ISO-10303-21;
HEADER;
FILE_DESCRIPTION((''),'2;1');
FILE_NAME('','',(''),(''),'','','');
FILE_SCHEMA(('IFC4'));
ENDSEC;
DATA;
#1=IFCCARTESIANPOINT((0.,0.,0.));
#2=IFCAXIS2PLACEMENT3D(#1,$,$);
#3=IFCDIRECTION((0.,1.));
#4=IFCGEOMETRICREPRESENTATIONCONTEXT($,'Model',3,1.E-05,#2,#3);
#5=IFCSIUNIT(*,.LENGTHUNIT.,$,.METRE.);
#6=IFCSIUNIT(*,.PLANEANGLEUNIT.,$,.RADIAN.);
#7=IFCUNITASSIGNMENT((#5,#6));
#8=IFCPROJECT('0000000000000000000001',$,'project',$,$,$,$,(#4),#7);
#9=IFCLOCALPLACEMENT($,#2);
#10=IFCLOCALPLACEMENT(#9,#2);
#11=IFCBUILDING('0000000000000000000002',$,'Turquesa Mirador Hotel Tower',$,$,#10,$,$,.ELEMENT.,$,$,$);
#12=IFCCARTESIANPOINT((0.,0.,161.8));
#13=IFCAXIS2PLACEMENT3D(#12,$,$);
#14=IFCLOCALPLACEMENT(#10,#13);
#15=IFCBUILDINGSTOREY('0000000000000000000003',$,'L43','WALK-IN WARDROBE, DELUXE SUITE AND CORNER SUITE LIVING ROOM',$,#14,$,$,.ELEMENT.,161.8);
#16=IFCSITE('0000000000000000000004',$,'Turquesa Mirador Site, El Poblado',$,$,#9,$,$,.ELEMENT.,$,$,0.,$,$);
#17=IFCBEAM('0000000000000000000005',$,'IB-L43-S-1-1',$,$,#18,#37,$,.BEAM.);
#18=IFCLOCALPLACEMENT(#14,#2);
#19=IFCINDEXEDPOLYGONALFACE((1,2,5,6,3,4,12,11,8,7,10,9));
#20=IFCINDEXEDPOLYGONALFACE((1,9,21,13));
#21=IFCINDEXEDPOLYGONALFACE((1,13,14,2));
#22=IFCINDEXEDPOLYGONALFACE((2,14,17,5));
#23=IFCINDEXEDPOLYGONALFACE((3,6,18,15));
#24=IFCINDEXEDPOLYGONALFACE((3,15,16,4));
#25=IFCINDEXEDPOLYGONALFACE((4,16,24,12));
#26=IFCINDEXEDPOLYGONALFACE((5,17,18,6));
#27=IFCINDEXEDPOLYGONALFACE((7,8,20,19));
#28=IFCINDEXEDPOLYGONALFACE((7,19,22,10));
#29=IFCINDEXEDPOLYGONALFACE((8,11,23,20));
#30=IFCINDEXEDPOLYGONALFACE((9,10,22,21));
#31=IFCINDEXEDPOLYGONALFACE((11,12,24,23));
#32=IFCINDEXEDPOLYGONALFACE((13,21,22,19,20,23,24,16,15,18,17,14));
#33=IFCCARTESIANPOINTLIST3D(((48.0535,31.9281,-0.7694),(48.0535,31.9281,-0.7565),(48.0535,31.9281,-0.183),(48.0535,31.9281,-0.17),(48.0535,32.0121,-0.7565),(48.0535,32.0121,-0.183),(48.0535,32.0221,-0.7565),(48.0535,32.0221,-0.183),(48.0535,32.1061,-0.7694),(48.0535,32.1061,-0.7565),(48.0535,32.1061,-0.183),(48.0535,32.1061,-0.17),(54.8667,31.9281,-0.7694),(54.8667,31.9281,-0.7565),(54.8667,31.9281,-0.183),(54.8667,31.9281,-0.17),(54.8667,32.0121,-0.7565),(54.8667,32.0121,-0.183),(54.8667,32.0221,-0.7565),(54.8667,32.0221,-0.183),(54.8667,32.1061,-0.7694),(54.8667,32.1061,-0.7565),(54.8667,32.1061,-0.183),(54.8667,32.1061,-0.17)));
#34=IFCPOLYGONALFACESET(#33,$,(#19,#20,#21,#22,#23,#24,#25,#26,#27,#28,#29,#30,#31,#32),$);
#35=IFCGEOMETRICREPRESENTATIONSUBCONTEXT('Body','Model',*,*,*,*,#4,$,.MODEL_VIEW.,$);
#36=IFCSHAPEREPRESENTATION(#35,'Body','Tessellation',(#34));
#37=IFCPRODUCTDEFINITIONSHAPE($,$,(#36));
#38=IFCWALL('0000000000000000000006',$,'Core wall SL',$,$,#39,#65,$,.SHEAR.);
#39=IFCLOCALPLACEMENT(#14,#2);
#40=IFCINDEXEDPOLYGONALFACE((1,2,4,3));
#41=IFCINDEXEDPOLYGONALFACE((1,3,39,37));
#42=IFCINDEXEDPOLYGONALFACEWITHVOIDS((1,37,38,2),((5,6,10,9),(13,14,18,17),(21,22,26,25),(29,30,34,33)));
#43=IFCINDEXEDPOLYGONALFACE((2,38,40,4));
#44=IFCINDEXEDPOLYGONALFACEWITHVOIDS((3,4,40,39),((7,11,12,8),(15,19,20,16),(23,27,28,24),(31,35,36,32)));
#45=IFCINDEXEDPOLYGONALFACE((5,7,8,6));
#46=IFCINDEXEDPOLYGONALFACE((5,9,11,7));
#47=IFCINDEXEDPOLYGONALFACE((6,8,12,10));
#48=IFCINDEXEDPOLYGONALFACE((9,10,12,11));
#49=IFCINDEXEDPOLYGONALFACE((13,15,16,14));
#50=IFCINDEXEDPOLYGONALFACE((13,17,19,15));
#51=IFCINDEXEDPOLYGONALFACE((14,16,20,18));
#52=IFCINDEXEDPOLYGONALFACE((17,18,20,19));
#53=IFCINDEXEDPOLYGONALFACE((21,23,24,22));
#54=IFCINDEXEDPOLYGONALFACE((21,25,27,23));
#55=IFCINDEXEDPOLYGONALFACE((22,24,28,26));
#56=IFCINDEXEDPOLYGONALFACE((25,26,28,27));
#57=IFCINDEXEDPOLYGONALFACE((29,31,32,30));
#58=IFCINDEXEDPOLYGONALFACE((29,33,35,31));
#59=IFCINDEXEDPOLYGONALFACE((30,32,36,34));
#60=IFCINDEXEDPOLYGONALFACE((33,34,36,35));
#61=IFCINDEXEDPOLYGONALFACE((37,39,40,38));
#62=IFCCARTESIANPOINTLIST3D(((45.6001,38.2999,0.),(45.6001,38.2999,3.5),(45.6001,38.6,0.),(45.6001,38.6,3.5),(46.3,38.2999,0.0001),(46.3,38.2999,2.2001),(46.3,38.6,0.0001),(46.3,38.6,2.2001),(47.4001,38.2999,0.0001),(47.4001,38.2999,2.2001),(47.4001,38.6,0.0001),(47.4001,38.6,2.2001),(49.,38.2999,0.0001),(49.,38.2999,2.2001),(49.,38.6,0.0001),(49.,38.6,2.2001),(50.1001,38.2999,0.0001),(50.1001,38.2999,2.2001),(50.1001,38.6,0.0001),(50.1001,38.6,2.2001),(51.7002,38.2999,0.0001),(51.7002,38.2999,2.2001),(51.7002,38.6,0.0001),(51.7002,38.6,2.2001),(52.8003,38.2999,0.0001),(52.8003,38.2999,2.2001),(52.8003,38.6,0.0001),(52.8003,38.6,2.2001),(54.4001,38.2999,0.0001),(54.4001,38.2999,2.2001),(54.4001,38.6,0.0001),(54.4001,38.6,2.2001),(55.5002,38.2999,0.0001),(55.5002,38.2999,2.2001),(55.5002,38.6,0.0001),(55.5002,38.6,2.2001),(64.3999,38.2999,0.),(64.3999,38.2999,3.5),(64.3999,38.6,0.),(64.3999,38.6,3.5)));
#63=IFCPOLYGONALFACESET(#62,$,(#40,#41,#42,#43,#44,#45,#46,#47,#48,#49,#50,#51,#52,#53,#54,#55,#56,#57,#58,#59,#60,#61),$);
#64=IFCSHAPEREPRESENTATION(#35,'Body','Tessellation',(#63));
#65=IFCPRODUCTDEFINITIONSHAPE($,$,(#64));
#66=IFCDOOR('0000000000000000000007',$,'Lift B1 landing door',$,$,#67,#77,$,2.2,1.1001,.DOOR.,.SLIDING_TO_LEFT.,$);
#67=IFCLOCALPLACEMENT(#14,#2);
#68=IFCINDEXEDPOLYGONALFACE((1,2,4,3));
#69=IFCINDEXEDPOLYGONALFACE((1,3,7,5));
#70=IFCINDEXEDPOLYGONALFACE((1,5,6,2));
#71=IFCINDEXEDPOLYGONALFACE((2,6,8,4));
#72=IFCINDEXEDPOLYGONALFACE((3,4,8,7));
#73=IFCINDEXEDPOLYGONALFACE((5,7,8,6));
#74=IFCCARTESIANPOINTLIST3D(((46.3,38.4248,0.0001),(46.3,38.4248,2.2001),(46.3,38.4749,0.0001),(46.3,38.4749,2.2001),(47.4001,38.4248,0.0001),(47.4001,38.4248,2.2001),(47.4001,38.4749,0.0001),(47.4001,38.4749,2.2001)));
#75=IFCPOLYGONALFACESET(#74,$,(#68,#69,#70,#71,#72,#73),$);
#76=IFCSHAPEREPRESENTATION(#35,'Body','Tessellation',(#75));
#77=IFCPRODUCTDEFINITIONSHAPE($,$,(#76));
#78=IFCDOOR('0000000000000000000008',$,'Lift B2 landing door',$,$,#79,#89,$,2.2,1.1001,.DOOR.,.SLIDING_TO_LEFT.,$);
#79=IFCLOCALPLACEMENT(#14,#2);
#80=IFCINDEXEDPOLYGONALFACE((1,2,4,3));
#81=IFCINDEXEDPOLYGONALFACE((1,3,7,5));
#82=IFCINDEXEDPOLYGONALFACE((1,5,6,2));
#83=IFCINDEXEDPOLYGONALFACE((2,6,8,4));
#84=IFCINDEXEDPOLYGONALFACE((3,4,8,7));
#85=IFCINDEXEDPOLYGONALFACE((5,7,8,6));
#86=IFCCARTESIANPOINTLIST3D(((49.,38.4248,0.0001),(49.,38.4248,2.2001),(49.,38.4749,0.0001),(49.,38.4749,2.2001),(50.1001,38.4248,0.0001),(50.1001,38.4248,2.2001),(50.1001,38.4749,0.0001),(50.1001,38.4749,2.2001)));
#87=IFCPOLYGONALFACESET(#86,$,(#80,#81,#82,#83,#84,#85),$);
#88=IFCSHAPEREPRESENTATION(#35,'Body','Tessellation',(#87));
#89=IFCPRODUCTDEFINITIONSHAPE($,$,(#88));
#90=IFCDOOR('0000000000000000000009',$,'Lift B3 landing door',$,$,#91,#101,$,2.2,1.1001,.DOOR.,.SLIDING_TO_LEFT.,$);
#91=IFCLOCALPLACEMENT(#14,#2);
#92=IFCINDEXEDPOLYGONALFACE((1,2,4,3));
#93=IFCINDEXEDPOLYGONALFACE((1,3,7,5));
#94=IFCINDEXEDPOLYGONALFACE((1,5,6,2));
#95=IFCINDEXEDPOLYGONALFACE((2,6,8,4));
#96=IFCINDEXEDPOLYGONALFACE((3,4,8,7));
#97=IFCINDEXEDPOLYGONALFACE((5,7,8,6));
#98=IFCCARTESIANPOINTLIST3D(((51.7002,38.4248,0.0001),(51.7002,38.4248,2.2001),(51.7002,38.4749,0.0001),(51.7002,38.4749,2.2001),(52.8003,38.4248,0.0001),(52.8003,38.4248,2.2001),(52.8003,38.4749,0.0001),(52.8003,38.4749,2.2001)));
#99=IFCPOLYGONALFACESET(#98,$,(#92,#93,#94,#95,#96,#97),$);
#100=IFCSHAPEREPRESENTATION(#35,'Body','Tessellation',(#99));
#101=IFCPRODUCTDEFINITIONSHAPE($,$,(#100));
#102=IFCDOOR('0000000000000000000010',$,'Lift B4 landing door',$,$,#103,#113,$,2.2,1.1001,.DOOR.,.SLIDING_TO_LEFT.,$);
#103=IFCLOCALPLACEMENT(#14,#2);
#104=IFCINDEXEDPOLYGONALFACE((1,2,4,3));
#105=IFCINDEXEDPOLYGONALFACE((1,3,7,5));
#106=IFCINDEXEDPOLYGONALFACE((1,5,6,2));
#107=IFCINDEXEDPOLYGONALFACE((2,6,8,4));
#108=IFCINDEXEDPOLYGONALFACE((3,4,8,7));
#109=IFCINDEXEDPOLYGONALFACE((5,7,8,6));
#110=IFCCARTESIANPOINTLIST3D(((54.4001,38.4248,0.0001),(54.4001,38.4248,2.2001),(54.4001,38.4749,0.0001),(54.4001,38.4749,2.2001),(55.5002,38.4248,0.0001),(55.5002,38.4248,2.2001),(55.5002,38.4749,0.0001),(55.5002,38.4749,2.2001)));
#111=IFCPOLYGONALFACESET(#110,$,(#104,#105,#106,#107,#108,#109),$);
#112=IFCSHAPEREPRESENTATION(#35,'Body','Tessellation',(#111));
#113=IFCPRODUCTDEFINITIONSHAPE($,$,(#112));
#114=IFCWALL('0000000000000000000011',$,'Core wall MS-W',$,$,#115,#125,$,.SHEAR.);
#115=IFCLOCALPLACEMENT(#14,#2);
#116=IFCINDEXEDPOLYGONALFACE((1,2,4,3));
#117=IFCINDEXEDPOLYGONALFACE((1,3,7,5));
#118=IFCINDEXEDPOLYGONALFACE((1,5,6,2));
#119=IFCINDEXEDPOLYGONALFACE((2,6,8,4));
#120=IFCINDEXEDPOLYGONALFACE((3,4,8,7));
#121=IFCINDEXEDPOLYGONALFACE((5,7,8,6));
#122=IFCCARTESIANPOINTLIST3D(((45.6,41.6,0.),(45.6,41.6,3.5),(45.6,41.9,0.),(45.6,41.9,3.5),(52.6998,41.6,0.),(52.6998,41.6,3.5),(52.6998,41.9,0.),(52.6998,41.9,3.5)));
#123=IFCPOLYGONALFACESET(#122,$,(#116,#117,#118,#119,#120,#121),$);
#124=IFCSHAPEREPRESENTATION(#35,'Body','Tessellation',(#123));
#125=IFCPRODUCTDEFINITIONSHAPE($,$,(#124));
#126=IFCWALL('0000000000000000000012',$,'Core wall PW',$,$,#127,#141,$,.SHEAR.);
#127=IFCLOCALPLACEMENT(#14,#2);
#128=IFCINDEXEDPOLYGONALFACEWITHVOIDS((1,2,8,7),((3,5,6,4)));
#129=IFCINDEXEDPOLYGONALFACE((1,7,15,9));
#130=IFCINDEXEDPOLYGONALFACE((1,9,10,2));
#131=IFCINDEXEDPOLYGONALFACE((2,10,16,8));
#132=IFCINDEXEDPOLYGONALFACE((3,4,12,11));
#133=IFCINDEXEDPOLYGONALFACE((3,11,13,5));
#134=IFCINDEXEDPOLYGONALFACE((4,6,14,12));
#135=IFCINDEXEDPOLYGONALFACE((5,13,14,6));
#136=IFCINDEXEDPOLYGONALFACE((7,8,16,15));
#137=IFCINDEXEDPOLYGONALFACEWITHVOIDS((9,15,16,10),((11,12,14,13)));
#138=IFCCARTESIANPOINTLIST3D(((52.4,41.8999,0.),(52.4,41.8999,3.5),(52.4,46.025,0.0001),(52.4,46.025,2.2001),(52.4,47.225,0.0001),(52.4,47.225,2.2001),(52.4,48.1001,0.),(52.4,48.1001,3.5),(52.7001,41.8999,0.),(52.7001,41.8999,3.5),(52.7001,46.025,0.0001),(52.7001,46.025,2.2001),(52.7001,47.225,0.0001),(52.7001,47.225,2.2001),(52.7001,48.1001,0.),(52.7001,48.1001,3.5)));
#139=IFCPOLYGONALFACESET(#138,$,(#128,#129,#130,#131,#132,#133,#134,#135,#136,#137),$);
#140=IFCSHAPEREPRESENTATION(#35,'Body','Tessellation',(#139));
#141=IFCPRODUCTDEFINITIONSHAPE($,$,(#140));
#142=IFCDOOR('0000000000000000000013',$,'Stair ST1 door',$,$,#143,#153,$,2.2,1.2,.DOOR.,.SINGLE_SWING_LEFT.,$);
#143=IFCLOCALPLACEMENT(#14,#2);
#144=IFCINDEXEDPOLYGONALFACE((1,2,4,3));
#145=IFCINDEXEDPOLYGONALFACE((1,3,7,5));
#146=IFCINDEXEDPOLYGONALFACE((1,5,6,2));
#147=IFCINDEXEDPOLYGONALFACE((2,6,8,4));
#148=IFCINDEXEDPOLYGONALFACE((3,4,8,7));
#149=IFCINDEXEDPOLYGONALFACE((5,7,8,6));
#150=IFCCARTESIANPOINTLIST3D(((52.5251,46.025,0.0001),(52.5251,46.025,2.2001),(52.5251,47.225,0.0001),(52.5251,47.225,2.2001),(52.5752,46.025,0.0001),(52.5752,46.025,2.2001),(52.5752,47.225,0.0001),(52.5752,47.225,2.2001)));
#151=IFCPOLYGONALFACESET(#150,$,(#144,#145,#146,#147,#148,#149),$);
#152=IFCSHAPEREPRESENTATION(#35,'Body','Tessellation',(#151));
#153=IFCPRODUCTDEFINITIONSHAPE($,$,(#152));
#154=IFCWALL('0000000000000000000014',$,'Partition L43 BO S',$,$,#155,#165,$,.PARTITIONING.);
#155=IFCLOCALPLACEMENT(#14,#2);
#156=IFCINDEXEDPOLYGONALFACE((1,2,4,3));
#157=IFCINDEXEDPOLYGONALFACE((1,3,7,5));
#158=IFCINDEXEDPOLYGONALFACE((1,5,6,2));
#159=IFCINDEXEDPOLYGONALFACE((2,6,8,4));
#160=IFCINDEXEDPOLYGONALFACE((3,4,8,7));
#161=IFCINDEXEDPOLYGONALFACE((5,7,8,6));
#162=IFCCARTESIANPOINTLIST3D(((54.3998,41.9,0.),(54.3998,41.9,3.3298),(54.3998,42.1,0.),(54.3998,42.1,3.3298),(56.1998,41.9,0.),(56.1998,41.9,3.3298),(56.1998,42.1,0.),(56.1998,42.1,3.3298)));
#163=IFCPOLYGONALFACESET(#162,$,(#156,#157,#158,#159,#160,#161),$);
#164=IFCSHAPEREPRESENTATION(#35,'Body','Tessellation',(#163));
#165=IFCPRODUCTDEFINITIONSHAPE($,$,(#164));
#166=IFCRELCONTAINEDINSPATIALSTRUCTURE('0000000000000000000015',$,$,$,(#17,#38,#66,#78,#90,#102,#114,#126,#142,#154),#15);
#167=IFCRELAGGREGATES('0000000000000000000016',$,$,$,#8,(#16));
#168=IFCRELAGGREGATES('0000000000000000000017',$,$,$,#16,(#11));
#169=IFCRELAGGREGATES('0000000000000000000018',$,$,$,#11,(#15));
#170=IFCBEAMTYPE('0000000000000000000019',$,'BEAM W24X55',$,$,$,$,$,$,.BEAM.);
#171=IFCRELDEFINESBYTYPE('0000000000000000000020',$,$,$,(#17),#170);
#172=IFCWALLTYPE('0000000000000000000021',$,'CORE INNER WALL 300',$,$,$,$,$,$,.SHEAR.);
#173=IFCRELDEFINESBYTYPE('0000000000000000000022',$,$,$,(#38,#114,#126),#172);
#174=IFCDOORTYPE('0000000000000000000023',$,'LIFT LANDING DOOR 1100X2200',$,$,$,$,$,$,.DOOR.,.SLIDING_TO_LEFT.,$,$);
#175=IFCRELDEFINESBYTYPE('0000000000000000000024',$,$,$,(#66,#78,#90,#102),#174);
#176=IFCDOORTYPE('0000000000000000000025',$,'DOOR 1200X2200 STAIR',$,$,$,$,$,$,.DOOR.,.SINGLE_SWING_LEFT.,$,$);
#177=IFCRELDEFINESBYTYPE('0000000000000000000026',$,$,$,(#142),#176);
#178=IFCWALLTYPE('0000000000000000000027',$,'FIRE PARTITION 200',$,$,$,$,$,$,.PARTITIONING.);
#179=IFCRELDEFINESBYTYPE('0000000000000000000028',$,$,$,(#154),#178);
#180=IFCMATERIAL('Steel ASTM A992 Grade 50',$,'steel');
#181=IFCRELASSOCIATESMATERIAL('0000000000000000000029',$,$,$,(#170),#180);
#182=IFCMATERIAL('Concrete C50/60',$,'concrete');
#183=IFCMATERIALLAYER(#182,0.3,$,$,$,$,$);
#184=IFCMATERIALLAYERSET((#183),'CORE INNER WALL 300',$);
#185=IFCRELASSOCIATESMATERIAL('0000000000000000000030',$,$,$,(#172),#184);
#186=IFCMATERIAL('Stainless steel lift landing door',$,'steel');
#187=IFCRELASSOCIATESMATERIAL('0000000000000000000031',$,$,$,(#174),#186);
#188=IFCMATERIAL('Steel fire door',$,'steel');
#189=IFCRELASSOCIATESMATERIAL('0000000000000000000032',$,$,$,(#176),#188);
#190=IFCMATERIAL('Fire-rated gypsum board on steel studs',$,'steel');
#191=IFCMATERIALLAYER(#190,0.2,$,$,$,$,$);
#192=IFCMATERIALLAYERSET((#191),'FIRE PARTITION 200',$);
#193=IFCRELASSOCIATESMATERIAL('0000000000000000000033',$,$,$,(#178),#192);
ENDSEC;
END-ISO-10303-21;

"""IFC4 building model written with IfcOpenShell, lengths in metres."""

from ifc_helpers import new_model, si_unit, direction, frame, frame_2d, origin, origin_2d, place, context, subcontext, project, spatial, rectangle, i_section, extrude, material, layer, layer_set, material_profile, profile_set, type_object, element, fill, save


model = new_model("IFC4")

# Units and contexts
model_context = context("Model", 3, precision=1e-05, world=origin(), true_north=direction((0.0, 1.0)))
body_context = subcontext(model_context, "Body", "Model", "MODEL_VIEW")
ifc_project = project(units=[si_unit("LENGTHUNIT", "METRE"), si_unit("PLANEANGLEUNIT", "RADIAN")], contexts=[model_context])

# Site, building, storey
site_placement = place(None, origin())
site = spatial("IfcSite", under=ifc_project, at=site_placement, Name="Turquesa Mirador Site, El Poblado", CompositionType="ELEMENT", RefElevation=0.0)
building_placement = place(site_placement, origin())
building = spatial("IfcBuilding", under=site, at=building_placement, Name="Turquesa Mirador Hotel Tower", CompositionType="ELEMENT")
storey_placement = place(building_placement, frame((0.0, 0.0, 161.8)))
storey = spatial("IfcBuildingStorey", under=building, at=storey_placement, Name="L43", Description="WALK-IN WARDROBE, DELUXE SUITE AND CORNER SUITE LIVING ROOM", CompositionType="ELEMENT", Elevation=161.8)

# Beam
ifc_material_1 = material(Name="Steel ASTM A992 Grade 50", Category="steel")
ifc_material_profile = material_profile(ifc_material_1, i_section(OverallWidth=0.178, OverallDepth=0.5994, WebThickness=0.01, FlangeThickness=0.0129, at=origin_2d()), Name="W24X55")
ifc_profile_set = profile_set([ifc_material_profile], Name="Steel ASTM A992 Grade 50")
beam_type = type_object("IfcBeamType", Name="BEAM W24X55", PredefinedType="BEAM", material=ifc_profile_set)
beam_placement = place(storey_placement, frame((48.0535, 32.0171, -0.4697), z_axis=(1.0, 0.0, 0.0), x_axis=(0.0, 1.0, 0.0)))
element("IfcBeam", 1, at=beam_placement, inside=storey, type_object=beam_type, Name="IB-L43-S-1-1", PredefinedType="BEAM", context=body_context, shape_type="SweptSolid", body=[
    extrude(i_section(OverallWidth=0.178, OverallDepth=0.5994, WebThickness=0.01, FlangeThickness=0.0129, at=origin_2d()), origin(), (0.0, 0.0, 1.0), 6.8132),
])

# Wall, openings, doors
ifc_material_2 = material(Name="Concrete C50/60", Category="concrete")
ifc_layer_1 = layer(ifc_material_2, 0.3)
ifc_layer_set_1 = layer_set([ifc_layer_1], Name="CORE INNER WALL 300")
wall_type_1 = type_object("IfcWallType", Name="CORE INNER WALL 300", PredefinedType="SHEAR", material=ifc_layer_set_1)
wall_1_placement = place(storey_placement, frame((45.6001, 38.45, 0.0), z_axis=(0.0, 0.0, 1.0), x_axis=(1.0, 0.0, 0.0)))
wall_1 = element("IfcWall", 2, at=wall_1_placement, inside=storey, type_object=wall_type_1, Name="Core wall SL", PredefinedType="SHEAR", context=body_context, shape_type="SweptSolid", body=[
    extrude(rectangle(XDim=18.7998, YDim=0.3, at=frame_2d((9.3999, 0.0))), origin(), (0.0, 0.0, 1.0), 3.5),
])
opening_1_placement = place(wall_1_placement, frame((0.7, 0.0, 0.0)))
opening_1 = element("IfcOpeningElement", 3, at=opening_1_placement, cuts=wall_1, PredefinedType="OPENING", context=body_context, shape_type="SweptSolid", body=[
    extrude(rectangle(XDim=1.1001, YDim=2.2, at=frame_2d((0.55, 1.1001))), frame((0.0, 0.1599, 0.0), z_axis=(0.0, -1.0, 0.0), x_axis=(1.0, 0.0, 0.0)), (0.0, 0.0, 1.0), 0.3201),
])
opening_2_placement = place(wall_1_placement, frame((3.3999, 0.0, 0.0)))
opening_2 = element("IfcOpeningElement", 4, at=opening_2_placement, cuts=wall_1, PredefinedType="OPENING", context=body_context, shape_type="SweptSolid", body=[
    extrude(rectangle(XDim=1.1001, YDim=2.2, at=frame_2d((0.55, 1.1001))), frame((0.0, 0.1599, 0.0), z_axis=(0.0, -1.0, 0.0), x_axis=(1.0, 0.0, 0.0)), (0.0, 0.0, 1.0), 0.3201),
])
opening_3_placement = place(wall_1_placement, frame((6.1001, 0.0, 0.0)))
opening_3 = element("IfcOpeningElement", 5, at=opening_3_placement, cuts=wall_1, PredefinedType="OPENING", context=body_context, shape_type="SweptSolid", body=[
    extrude(rectangle(XDim=1.1001, YDim=2.2, at=frame_2d((0.55, 1.1001))), frame((0.0, 0.1599, 0.0), z_axis=(0.0, -1.0, 0.0), x_axis=(1.0, 0.0, 0.0)), (0.0, 0.0, 1.0), 0.3201),
])
opening_4_placement = place(wall_1_placement, frame((8.8, 0.0, 0.0)))
opening_4 = element("IfcOpeningElement", 6, at=opening_4_placement, cuts=wall_1, PredefinedType="OPENING", context=body_context, shape_type="SweptSolid", body=[
    extrude(rectangle(XDim=1.1001, YDim=2.2, at=frame_2d((0.55, 1.1001))), frame((0.0, 0.1599, 0.0), z_axis=(0.0, -1.0, 0.0), x_axis=(1.0, 0.0, 0.0)), (0.0, 0.0, 1.0), 0.3201),
])
ifc_material_3 = material(Name="Stainless steel lift landing door", Category="steel")
door_type_1 = type_object("IfcDoorType", Name="LIFT LANDING DOOR 1100X2200", OperationType="SLIDING_TO_LEFT", PredefinedType="DOOR", material=ifc_material_3)
door_1_placement = place(opening_1_placement, origin())
door_1 = element("IfcDoor", 7, at=door_1_placement, inside=storey, type_object=door_type_1, Name="Lift B1 landing door", OperationType="SLIDING_TO_LEFT", OverallHeight=2.2, OverallWidth=1.1001, PredefinedType="DOOR", context=body_context, shape_type="SweptSolid", body=[
    extrude(rectangle(XDim=1.1001, YDim=2.2, at=frame_2d((0.55, 1.1001))), frame((0.0, 0.0249, 0.0), z_axis=(0.0, -1.0, 0.0), x_axis=(1.0, 0.0, 0.0)), (0.0, 0.0, 1.0), 0.05),
])
fill(opening_1, door_1)
door_2_placement = place(opening_2_placement, origin())
door_2 = element("IfcDoor", 8, at=door_2_placement, inside=storey, type_object=door_type_1, Name="Lift B2 landing door", OperationType="SLIDING_TO_LEFT", OverallHeight=2.2, OverallWidth=1.1001, PredefinedType="DOOR", context=body_context, shape_type="SweptSolid", body=[
    extrude(rectangle(XDim=1.1001, YDim=2.2, at=frame_2d((0.55, 1.1001))), frame((0.0, 0.0249, 0.0), z_axis=(0.0, -1.0, 0.0), x_axis=(1.0, 0.0, 0.0)), (0.0, 0.0, 1.0), 0.05),
])
fill(opening_2, door_2)
door_3_placement = place(opening_3_placement, origin())
door_3 = element("IfcDoor", 9, at=door_3_placement, inside=storey, type_object=door_type_1, Name="Lift B3 landing door", OperationType="SLIDING_TO_LEFT", OverallHeight=2.2, OverallWidth=1.1001, PredefinedType="DOOR", context=body_context, shape_type="SweptSolid", body=[
    extrude(rectangle(XDim=1.1001, YDim=2.2, at=frame_2d((0.55, 1.1001))), frame((0.0, 0.0249, 0.0), z_axis=(0.0, -1.0, 0.0), x_axis=(1.0, 0.0, 0.0)), (0.0, 0.0, 1.0), 0.05),
])
fill(opening_3, door_3)
door_4_placement = place(opening_4_placement, origin())
door_4 = element("IfcDoor", 10, at=door_4_placement, inside=storey, type_object=door_type_1, Name="Lift B4 landing door", OperationType="SLIDING_TO_LEFT", OverallHeight=2.2, OverallWidth=1.1001, PredefinedType="DOOR", context=body_context, shape_type="SweptSolid", body=[
    extrude(rectangle(XDim=1.1001, YDim=2.2, at=frame_2d((0.55, 1.1001))), frame((0.0, 0.0249, 0.0), z_axis=(0.0, -1.0, 0.0), x_axis=(1.0, 0.0, 0.0)), (0.0, 0.0, 1.0), 0.05),
])
fill(opening_4, door_4)

# Wall
wall_2_placement = place(storey_placement, frame((45.6001, 41.75, 0.0), z_axis=(0.0, 0.0, 1.0), x_axis=(1.0, 0.0, 0.0)))
element("IfcWall", 11, at=wall_2_placement, inside=storey, type_object=wall_type_1, Name="Core wall MS-W", PredefinedType="SHEAR", context=body_context, shape_type="SweptSolid", body=[
    extrude(rectangle(XDim=7.0999, YDim=0.3, at=frame_2d((3.5498, 0.0))), origin(), (0.0, 0.0, 1.0), 3.5),
])

# Wall, opening, door
wall_3_placement = place(storey_placement, frame((52.55, 41.8999, 0.0), z_axis=(0.0, 0.0, 1.0), x_axis=(0.0, 1.0, 0.0)))
wall_3 = element("IfcWall", 12, at=wall_3_placement, inside=storey, type_object=wall_type_1, Name="Core wall PW", PredefinedType="SHEAR", context=body_context, shape_type="SweptSolid", body=[
    extrude(rectangle(XDim=6.2002, YDim=0.3, at=frame_2d((3.1001, 0.0))), origin(), (0.0, 0.0, 1.0), 3.5),
])
opening_5_placement = place(wall_3_placement, frame((4.125, 0.0, 0.0)))
opening_5 = element("IfcOpeningElement", 13, at=opening_5_placement, cuts=wall_3, PredefinedType="OPENING", context=body_context, shape_type="SweptSolid", body=[
    extrude(rectangle(XDim=1.2, YDim=2.2, at=frame_2d((0.6001, 1.1001))), frame((0.0, 0.1599, 0.0), z_axis=(0.0, -1.0, 0.0), x_axis=(1.0, 0.0, 0.0)), (0.0, 0.0, 1.0), 0.3201),
])
ifc_material_4 = material(Name="Steel fire door", Category="steel")
door_type_2 = type_object("IfcDoorType", Name="DOOR 1200X2200 STAIR", OperationType="SINGLE_SWING_LEFT", PredefinedType="DOOR", material=ifc_material_4)
door_5_placement = place(opening_5_placement, origin())
door_5 = element("IfcDoor", 14, at=door_5_placement, inside=storey, type_object=door_type_2, Name="Stair ST1 door", OperationType="SINGLE_SWING_LEFT", OverallHeight=2.2, OverallWidth=1.2, PredefinedType="DOOR", context=body_context, shape_type="SweptSolid", body=[
    extrude(rectangle(XDim=1.2, YDim=2.2, at=frame_2d((0.6001, 1.1001))), frame((0.0, 0.0249, 0.0), z_axis=(0.0, -1.0, 0.0), x_axis=(1.0, 0.0, 0.0)), (0.0, 0.0, 1.0), 0.05),
])
fill(opening_5, door_5)

# Wall
ifc_material_5 = material(Name="Fire-rated gypsum board on steel studs", Category="steel")
ifc_layer_2 = layer(ifc_material_5, 0.2)
ifc_layer_set_2 = layer_set([ifc_layer_2], Name="FIRE PARTITION 200")
wall_type_2 = type_object("IfcWallType", Name="FIRE PARTITION 200", PredefinedType="PARTITIONING", material=ifc_layer_set_2)
wall_4_placement = place(storey_placement, frame((54.3999, 42.0, 0.0), z_axis=(0.0, 0.0, 1.0), x_axis=(1.0, 0.0, 0.0)))
element("IfcWall", 15, at=wall_4_placement, inside=storey, type_object=wall_type_2, Name="Partition L43 BO S", PredefinedType="PARTITIONING", context=body_context, shape_type="SweptSolid", body=[
    extrude(rectangle(XDim=1.8, YDim=0.2, at=frame_2d((0.8999, 0.0))), origin(), (0.0, 0.0, 1.0), 3.3298),
])

save(model, "model.ifc")
